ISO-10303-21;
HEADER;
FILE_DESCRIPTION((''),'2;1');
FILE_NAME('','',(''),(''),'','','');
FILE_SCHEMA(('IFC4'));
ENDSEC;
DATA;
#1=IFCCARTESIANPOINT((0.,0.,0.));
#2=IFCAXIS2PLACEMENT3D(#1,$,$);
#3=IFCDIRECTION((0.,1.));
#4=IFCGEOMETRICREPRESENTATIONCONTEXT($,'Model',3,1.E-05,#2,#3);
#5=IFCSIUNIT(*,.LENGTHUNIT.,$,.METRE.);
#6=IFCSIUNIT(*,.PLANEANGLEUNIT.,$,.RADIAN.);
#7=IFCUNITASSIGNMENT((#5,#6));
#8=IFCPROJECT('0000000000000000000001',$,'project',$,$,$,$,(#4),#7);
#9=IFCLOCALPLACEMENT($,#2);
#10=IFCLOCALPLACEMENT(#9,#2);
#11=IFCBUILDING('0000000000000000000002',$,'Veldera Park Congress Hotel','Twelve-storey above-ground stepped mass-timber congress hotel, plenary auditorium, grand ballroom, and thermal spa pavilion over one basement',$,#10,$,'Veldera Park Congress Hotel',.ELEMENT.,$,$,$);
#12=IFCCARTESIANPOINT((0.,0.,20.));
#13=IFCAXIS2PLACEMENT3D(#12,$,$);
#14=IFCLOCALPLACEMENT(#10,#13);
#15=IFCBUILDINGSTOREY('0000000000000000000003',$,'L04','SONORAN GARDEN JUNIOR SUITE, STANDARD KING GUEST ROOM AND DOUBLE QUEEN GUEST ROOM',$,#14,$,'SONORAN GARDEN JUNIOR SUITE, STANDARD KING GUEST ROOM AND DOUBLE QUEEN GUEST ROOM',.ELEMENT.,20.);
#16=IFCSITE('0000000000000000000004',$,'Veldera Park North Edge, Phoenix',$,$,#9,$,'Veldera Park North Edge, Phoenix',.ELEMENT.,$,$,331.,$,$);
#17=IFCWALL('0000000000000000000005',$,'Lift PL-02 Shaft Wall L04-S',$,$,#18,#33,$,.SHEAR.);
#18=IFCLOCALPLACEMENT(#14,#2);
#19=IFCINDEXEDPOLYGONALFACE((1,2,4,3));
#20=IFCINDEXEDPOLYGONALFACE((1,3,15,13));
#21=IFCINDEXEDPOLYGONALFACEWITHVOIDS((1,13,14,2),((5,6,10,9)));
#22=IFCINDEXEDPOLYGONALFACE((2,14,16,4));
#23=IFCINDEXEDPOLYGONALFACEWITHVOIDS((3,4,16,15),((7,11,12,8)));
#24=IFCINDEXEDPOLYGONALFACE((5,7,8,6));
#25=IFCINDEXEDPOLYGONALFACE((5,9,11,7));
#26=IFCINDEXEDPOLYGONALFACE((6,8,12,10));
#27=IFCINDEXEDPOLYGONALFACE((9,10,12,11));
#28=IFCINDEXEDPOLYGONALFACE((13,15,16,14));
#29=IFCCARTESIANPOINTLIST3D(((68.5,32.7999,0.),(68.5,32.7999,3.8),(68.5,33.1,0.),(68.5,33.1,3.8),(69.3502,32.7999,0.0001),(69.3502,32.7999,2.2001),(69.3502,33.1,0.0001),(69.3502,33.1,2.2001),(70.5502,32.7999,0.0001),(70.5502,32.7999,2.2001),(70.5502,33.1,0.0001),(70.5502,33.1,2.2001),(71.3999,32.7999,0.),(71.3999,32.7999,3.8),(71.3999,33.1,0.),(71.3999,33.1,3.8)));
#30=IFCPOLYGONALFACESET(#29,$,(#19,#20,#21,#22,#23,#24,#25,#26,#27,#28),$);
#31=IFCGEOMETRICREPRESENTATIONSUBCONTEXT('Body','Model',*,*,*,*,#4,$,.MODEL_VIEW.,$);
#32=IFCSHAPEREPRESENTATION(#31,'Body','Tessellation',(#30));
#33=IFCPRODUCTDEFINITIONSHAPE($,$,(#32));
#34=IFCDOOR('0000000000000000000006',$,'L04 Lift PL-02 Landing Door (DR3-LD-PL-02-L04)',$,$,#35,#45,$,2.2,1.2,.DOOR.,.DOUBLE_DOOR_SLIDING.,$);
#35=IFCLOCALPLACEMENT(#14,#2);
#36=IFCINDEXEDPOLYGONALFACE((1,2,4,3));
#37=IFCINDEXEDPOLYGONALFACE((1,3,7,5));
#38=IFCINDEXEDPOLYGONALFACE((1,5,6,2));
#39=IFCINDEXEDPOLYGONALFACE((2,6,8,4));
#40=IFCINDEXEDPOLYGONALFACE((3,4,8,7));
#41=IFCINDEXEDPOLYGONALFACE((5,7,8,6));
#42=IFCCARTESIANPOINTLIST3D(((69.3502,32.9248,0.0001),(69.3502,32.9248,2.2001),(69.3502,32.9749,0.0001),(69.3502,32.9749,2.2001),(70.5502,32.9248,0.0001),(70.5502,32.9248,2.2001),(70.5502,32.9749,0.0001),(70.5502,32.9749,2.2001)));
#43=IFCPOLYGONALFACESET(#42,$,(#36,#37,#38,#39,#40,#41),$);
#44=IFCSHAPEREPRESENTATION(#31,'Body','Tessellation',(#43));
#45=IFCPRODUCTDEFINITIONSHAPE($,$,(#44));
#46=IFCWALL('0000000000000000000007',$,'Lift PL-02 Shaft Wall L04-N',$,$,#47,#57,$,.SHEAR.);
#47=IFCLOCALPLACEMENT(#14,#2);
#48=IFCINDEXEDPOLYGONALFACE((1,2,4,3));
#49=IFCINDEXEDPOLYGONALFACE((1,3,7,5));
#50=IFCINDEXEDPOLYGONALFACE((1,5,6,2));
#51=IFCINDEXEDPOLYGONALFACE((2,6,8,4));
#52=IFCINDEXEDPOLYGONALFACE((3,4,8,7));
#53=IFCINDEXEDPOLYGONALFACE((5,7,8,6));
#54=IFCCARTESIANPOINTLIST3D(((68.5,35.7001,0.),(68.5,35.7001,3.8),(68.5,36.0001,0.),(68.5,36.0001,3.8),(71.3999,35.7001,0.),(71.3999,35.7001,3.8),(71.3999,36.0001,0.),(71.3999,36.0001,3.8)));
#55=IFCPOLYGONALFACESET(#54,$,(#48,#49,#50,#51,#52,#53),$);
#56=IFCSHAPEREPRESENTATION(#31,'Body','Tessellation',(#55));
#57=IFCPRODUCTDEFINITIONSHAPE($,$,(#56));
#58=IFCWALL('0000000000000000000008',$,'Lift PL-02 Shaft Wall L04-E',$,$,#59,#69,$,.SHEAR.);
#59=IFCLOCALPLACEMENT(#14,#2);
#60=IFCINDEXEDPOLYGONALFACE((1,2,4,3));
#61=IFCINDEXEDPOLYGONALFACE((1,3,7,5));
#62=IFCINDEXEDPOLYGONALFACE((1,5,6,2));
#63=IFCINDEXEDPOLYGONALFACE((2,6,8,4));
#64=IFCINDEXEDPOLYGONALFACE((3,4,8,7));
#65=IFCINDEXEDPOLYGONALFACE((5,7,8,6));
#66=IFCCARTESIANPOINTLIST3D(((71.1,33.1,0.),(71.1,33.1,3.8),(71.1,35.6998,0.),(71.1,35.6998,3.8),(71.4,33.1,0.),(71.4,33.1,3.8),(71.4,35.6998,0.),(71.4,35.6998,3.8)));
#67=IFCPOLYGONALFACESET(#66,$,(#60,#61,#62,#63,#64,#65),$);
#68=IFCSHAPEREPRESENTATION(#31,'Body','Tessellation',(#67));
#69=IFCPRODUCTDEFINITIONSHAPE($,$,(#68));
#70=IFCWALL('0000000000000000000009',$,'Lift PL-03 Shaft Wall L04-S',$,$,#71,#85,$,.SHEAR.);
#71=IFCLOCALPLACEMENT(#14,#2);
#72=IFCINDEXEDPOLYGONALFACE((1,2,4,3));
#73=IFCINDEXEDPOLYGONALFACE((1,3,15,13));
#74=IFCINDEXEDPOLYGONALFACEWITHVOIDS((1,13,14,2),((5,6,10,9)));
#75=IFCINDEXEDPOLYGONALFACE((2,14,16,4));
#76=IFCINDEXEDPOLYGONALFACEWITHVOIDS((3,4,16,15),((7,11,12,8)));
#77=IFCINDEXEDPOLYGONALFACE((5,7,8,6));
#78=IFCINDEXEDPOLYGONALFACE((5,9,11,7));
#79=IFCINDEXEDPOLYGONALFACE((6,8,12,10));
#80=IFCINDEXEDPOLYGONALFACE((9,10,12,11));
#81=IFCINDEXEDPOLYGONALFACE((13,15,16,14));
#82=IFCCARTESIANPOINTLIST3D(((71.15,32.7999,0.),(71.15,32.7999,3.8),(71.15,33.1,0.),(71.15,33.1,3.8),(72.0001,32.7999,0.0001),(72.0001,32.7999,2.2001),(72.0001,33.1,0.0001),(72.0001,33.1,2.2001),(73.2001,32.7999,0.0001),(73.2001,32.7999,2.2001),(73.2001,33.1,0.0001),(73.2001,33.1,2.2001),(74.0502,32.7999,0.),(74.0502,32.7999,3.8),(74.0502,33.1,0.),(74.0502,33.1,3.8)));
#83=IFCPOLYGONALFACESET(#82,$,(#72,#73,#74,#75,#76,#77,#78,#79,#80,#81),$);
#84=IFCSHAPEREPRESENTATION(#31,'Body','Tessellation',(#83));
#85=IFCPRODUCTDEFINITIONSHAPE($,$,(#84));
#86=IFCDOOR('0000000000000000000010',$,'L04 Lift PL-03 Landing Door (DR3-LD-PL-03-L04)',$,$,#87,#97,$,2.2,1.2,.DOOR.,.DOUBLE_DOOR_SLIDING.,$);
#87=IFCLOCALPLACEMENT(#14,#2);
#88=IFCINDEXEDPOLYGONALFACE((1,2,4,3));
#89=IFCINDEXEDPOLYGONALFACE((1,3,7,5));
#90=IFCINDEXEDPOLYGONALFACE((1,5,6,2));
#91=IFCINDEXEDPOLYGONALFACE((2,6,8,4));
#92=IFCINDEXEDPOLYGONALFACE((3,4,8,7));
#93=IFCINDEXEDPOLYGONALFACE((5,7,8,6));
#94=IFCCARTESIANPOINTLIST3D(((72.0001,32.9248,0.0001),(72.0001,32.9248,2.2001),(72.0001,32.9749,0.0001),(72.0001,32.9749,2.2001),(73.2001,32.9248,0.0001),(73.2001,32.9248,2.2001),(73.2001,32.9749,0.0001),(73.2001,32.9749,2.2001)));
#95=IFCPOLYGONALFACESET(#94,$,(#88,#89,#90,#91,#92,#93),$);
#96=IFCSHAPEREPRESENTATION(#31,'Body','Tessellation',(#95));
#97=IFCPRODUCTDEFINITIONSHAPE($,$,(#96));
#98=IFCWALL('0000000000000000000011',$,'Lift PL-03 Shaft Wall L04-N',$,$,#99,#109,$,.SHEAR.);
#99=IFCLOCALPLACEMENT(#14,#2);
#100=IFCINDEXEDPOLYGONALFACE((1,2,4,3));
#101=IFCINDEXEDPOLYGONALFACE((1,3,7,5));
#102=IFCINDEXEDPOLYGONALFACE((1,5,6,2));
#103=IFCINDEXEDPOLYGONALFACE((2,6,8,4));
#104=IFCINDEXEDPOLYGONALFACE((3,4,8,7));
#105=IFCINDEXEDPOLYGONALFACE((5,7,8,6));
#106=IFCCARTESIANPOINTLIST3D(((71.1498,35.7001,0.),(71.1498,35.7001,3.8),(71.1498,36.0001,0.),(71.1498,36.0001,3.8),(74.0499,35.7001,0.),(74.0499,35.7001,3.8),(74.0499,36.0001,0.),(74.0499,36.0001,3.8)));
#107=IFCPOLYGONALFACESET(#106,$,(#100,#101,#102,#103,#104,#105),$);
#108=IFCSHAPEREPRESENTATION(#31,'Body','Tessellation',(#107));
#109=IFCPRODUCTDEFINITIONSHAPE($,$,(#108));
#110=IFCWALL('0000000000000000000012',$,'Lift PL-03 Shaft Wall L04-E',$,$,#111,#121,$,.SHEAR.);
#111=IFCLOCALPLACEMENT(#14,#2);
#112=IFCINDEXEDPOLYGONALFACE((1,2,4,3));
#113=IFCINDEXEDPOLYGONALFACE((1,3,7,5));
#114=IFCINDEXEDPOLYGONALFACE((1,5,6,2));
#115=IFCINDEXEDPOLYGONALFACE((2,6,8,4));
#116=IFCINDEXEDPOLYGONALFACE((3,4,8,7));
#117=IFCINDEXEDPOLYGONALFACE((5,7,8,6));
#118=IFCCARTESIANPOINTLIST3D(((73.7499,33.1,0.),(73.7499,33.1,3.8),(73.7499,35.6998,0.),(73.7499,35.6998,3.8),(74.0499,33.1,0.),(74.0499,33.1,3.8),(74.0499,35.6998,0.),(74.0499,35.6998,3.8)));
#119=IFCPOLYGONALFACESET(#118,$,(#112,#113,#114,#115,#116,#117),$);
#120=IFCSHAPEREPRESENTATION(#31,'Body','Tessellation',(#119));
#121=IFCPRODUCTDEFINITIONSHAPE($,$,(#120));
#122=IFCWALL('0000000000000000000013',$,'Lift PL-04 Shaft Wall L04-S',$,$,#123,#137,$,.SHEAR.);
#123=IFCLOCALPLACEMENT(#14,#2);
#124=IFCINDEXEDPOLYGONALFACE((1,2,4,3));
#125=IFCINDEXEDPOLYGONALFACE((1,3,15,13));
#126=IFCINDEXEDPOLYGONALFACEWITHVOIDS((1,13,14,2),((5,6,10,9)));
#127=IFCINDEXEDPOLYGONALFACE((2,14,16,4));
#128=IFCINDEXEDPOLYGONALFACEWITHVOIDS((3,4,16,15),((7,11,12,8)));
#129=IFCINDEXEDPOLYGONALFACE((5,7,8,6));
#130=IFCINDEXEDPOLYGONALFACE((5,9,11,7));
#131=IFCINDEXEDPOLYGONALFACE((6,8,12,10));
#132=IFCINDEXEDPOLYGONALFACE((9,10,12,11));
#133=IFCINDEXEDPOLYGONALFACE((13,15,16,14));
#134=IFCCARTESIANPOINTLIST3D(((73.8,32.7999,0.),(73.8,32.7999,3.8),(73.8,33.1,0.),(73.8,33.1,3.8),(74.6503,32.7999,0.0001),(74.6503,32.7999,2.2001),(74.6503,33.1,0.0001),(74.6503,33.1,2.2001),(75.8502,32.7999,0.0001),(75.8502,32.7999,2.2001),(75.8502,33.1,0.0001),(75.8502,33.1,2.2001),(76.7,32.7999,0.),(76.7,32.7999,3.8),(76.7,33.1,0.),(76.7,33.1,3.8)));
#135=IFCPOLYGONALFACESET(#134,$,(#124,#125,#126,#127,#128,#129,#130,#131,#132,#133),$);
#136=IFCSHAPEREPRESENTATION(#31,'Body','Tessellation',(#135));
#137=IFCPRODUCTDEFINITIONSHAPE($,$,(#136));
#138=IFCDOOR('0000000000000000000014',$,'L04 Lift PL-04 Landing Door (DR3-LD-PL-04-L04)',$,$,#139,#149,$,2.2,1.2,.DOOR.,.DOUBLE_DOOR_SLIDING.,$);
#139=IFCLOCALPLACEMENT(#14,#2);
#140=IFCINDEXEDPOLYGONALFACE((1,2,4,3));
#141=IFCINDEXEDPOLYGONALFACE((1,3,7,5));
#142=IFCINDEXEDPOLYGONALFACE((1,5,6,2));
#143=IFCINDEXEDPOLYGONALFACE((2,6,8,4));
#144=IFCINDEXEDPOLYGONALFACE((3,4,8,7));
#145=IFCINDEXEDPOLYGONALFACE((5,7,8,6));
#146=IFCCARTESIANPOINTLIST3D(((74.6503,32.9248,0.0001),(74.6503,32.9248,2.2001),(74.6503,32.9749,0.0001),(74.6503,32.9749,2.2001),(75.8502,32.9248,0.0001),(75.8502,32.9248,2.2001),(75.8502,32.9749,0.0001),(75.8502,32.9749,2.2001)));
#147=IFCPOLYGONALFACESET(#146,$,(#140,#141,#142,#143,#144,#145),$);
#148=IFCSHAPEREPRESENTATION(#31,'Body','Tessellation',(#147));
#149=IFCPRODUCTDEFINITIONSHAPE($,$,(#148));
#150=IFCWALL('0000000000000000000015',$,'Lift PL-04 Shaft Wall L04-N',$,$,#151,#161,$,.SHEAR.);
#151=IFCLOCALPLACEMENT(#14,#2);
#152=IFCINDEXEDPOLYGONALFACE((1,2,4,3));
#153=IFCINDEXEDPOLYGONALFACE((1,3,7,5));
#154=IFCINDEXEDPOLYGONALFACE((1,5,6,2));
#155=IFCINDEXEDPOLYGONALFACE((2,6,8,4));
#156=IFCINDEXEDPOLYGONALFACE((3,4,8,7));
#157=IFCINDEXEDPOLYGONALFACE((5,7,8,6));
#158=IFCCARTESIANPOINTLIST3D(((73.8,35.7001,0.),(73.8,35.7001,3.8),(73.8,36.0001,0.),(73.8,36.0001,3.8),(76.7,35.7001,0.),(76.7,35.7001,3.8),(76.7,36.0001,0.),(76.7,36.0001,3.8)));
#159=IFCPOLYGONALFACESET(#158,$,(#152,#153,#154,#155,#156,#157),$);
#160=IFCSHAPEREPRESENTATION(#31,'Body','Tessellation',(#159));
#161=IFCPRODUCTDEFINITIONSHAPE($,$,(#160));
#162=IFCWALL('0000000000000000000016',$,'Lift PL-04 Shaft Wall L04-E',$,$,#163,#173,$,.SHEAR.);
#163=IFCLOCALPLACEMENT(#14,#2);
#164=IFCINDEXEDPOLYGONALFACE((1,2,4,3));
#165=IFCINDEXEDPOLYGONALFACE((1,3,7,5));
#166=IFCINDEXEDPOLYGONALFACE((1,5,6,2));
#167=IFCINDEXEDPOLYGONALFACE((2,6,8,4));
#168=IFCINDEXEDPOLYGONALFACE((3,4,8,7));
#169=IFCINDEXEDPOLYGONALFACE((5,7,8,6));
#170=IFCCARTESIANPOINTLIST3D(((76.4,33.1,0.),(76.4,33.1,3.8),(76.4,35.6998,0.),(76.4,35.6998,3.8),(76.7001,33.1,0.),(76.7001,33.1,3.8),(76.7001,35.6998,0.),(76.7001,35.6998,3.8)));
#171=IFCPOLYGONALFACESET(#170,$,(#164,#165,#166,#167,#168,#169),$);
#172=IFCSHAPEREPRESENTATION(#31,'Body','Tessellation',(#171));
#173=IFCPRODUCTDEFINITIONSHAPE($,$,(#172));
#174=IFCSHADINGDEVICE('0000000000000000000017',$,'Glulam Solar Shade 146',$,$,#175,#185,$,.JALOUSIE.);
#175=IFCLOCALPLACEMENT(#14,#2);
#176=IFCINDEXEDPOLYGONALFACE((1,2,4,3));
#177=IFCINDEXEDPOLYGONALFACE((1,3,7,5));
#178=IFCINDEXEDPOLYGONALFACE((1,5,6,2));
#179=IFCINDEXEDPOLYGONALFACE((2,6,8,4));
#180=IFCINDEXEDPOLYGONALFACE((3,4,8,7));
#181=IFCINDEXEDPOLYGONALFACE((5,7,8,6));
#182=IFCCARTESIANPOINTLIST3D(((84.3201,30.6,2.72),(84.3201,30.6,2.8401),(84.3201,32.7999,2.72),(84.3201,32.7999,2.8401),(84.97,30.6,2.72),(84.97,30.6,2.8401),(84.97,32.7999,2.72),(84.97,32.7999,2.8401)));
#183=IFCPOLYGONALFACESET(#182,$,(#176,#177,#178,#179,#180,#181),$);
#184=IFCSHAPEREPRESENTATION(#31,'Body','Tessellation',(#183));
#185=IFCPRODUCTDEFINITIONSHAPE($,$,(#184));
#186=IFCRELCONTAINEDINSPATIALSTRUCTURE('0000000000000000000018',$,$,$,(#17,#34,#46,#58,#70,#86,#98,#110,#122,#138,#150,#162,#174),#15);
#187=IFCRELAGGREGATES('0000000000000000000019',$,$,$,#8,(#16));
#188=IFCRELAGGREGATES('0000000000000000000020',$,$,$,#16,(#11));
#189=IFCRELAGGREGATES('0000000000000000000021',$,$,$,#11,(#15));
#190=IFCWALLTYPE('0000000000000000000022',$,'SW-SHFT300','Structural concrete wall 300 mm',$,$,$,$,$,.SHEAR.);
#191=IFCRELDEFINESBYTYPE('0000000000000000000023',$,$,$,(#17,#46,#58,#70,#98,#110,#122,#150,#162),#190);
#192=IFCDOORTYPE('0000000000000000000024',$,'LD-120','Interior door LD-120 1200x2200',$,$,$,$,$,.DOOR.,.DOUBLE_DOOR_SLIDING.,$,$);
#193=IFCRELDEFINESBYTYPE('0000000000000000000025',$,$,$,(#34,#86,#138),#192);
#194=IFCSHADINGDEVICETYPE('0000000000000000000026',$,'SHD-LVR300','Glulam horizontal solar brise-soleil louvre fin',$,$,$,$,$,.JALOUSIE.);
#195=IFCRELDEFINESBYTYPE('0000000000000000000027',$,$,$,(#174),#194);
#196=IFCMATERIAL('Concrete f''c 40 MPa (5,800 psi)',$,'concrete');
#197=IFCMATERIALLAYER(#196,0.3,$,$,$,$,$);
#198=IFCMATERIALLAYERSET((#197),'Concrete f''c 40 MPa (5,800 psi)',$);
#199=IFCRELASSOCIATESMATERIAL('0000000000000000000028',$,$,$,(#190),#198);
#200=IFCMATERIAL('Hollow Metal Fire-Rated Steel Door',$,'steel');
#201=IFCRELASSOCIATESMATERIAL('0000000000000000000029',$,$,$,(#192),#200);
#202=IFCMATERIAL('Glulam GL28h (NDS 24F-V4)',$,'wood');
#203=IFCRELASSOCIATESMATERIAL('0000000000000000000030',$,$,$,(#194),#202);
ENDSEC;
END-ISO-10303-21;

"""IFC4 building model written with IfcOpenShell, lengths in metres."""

from ifc_helpers import new_model, si_unit, direction, frame, frame_2d, origin, origin_2d, place, context, subcontext, project, spatial, rectangle, extrude, material, layer, layer_set, type_object, element, fill, save


model = new_model("IFC4")

# Units and contexts
model_context = context("Model", 3, precision=1e-05, world=origin(), true_north=direction((0.0, 1.0)))
body_context = subcontext(model_context, "Body", "Model", "MODEL_VIEW")
ifc_project = project(units=[si_unit("LENGTHUNIT", "METRE"), si_unit("PLANEANGLEUNIT", "RADIAN")], contexts=[model_context])

# Site, building, storey
site_placement = place(None, origin())
site = spatial("IfcSite", under=ifc_project, at=site_placement, Name="Veldera Park North Edge, Phoenix", LongName="Veldera Park North Edge, Phoenix", CompositionType="ELEMENT", RefElevation=331.0)
building_placement = place(site_placement, origin())
building = spatial("IfcBuilding", under=site, at=building_placement, Name="Veldera Park Congress Hotel", Description="Twelve-storey above-ground stepped mass-timber congress hotel, plenary auditorium, grand ballroom, and thermal spa pavilion over one basement", LongName="Veldera Park Congress Hotel", CompositionType="ELEMENT")
storey_placement = place(building_placement, frame((0.0, 0.0, 20.0)))
storey = spatial("IfcBuildingStorey", under=building, at=storey_placement, Name="L04", Description="SONORAN GARDEN JUNIOR SUITE, STANDARD KING GUEST ROOM AND DOUBLE QUEEN GUEST ROOM", LongName="SONORAN GARDEN JUNIOR SUITE, STANDARD KING GUEST ROOM AND DOUBLE QUEEN GUEST ROOM", CompositionType="ELEMENT", Elevation=20.0)

# Shared definitions
ifc_material_1 = material(Name="Glulam GL28h (NDS 24F-V4)", Category="wood")

# Shared definitions
ifc_material_2 = material(Name="Concrete f'c 40 MPa (5,800 psi)", Category="concrete")
ifc_layer_1 = layer(ifc_material_2, 0.3)
ifc_layer_set_1 = layer_set([ifc_layer_1], Name="Concrete f'c 40 MPa (5,800 psi)")
wall_type_1 = type_object("IfcWallType", Name="SW-SHFT300", Description="Structural concrete wall 300 mm", PredefinedType="SHEAR", material=ifc_layer_set_1)

# Wall, opening, door
wall_1_placement = place(storey_placement, frame((68.5, 32.95, 0.0), z_axis=(0.0, 0.0, 1.0), x_axis=(1.0, 0.0, 0.0)))
wall_1 = element("IfcWall", 1, at=wall_1_placement, inside=storey, type_object=wall_type_1, Name="Lift PL-02 Shaft Wall L04-S", PredefinedType="SHEAR", context=body_context, shape_type="SweptSolid", body=[
    extrude(rectangle(XDim=2.8999, YDim=0.3, at=frame_2d((1.45, 0.0))), origin(), (0.0, 0.0, 1.0), 3.8),
])
opening_1_placement = place(wall_1_placement, frame((0.8501, 0.0, 0.0)))
opening_1 = element("IfcOpeningElement", 2, at=opening_1_placement, cuts=wall_1, PredefinedType="OPENING", context=body_context, shape_type="SweptSolid", body=[
    extrude(rectangle(XDim=1.2, YDim=2.2, at=frame_2d((0.6001, 1.1001))), frame((0.0, 0.1621, 0.0), z_axis=(0.0, -1.0, 0.0), x_axis=(1.0, 0.0, 0.0)), (0.0, 0.0, 1.0), 0.324),
])
ifc_material_3 = material(Name="Hollow Metal Fire-Rated Steel Door", Category="steel")
door_type_1 = type_object("IfcDoorType", Name="LD-120", Description="Interior door LD-120 1200x2200", OperationType="DOUBLE_DOOR_SLIDING", PredefinedType="DOOR", material=ifc_material_3)
door_1_placement = place(opening_1_placement, origin())
door_1 = element("IfcDoor", 3, at=door_1_placement, inside=storey, type_object=door_type_1, Name="L04 Lift PL-02 Landing Door (DR3-LD-PL-02-L04)", OperationType="DOUBLE_DOOR_SLIDING", OverallHeight=2.2, OverallWidth=1.2, PredefinedType="DOOR", context=body_context, shape_type="SweptSolid", body=[
    extrude(rectangle(XDim=1.2, YDim=2.2, at=frame_2d((0.6001, 1.1001))), frame((0.0, 0.0249, 0.0), z_axis=(0.0, -1.0, 0.0), x_axis=(1.0, 0.0, 0.0)), (0.0, 0.0, 1.0), 0.05),
])
fill(opening_1, door_1)

# Walls
wall_2_placement = place(storey_placement, frame((71.3999, 35.8501, 0.0), z_axis=(0.0, 0.0, 1.0), x_axis=(-1.0, 0.0, 0.0)))
element("IfcWall", 4, at=wall_2_placement, inside=storey, type_object=wall_type_1, Name="Lift PL-02 Shaft Wall L04-N", PredefinedType="SHEAR", context=body_context, shape_type="SweptSolid", body=[
    extrude(rectangle(XDim=2.8999, YDim=0.3, at=frame_2d((1.45, 0.0))), origin(), (0.0, 0.0, 1.0), 3.8),
])
wall_3_placement = place(storey_placement, frame((71.25, 33.1001, 0.0), z_axis=(0.0, 0.0, 1.0), x_axis=(0.0, 1.0, 0.0)))
element("IfcWall", 5, at=wall_3_placement, inside=storey, type_object=wall_type_1, Name="Lift PL-02 Shaft Wall L04-E", PredefinedType="SHEAR", context=body_context, shape_type="SweptSolid", body=[
    extrude(rectangle(XDim=2.5999, YDim=0.3, at=frame_2d((1.2998, 0.0))), origin(), (0.0, 0.0, 1.0), 3.8),
])

# Wall, opening, door
wall_4_placement = place(storey_placement, frame((71.1499, 32.95, 0.0), z_axis=(0.0, 0.0, 1.0), x_axis=(1.0, 0.0, 0.0)))
wall_4 = element("IfcWall", 6, at=wall_4_placement, inside=storey, type_object=wall_type_1, Name="Lift PL-03 Shaft Wall L04-S", PredefinedType="SHEAR", context=body_context, shape_type="SweptSolid", body=[
    extrude(rectangle(XDim=2.9001, YDim=0.3, at=frame_2d((1.4502, 0.0))), origin(), (0.0, 0.0, 1.0), 3.8),
])
opening_2_placement = place(wall_4_placement, frame((0.8501, 0.0, 0.0)))
opening_2 = element("IfcOpeningElement", 7, at=opening_2_placement, cuts=wall_4, PredefinedType="OPENING", context=body_context, shape_type="SweptSolid", body=[
    extrude(rectangle(XDim=1.2, YDim=2.2, at=frame_2d((0.6001, 1.1001))), frame((0.0, 0.1621, 0.0), z_axis=(0.0, -1.0, 0.0), x_axis=(1.0, 0.0, 0.0)), (0.0, 0.0, 1.0), 0.324),
])
door_2_placement = place(opening_2_placement, origin())
door_2 = element("IfcDoor", 8, at=door_2_placement, inside=storey, type_object=door_type_1, Name="L04 Lift PL-03 Landing Door (DR3-LD-PL-03-L04)", OperationType="DOUBLE_DOOR_SLIDING", OverallHeight=2.2, OverallWidth=1.2, PredefinedType="DOOR", context=body_context, shape_type="SweptSolid", body=[
    extrude(rectangle(XDim=1.2, YDim=2.2, at=frame_2d((0.6001, 1.1001))), frame((0.0, 0.0249, 0.0), z_axis=(0.0, -1.0, 0.0), x_axis=(1.0, 0.0, 0.0)), (0.0, 0.0, 1.0), 0.05),
])
fill(opening_2, door_2)

# Walls
wall_5_placement = place(storey_placement, frame((74.05, 35.8501, 0.0), z_axis=(0.0, 0.0, 1.0), x_axis=(-1.0, 0.0, 0.0)))
element("IfcWall", 9, at=wall_5_placement, inside=storey, type_object=wall_type_1, Name="Lift PL-03 Shaft Wall L04-N", PredefinedType="SHEAR", context=body_context, shape_type="SweptSolid", body=[
    extrude(rectangle(XDim=2.9001, YDim=0.3, at=frame_2d((1.4502, 0.0))), origin(), (0.0, 0.0, 1.0), 3.8),
])
wall_6_placement = place(storey_placement, frame((73.8999, 33.1001, 0.0), z_axis=(0.0, 0.0, 1.0), x_axis=(0.0, 1.0, 0.0)))
element("IfcWall", 10, at=wall_6_placement, inside=storey, type_object=wall_type_1, Name="Lift PL-03 Shaft Wall L04-E", PredefinedType="SHEAR", context=body_context, shape_type="SweptSolid", body=[
    extrude(rectangle(XDim=2.5999, YDim=0.3, at=frame_2d((1.2998, 0.0))), origin(), (0.0, 0.0, 1.0), 3.8),
])

# Wall, opening, door
wall_7_placement = place(storey_placement, frame((73.8, 32.95, 0.0), z_axis=(0.0, 0.0, 1.0), x_axis=(1.0, 0.0, 0.0)))
wall_7 = element("IfcWall", 11, at=wall_7_placement, inside=storey, type_object=wall_type_1, Name="Lift PL-04 Shaft Wall L04-S", PredefinedType="SHEAR", context=body_context, shape_type="SweptSolid", body=[
    extrude(rectangle(XDim=2.8999, YDim=0.3, at=frame_2d((1.45, 0.0))), origin(), (0.0, 0.0, 1.0), 3.8),
])
opening_3_placement = place(wall_7_placement, frame((0.8501, 0.0, 0.0)))
opening_3 = element("IfcOpeningElement", 12, at=opening_3_placement, cuts=wall_7, PredefinedType="OPENING", context=body_context, shape_type="SweptSolid", body=[
    extrude(rectangle(XDim=1.2, YDim=2.2, at=frame_2d((0.6001, 1.1001))), frame((0.0, 0.1621, 0.0), z_axis=(0.0, -1.0, 0.0), x_axis=(1.0, 0.0, 0.0)), (0.0, 0.0, 1.0), 0.324),
])
door_3_placement = place(opening_3_placement, origin())
door_3 = element("IfcDoor", 13, at=door_3_placement, inside=storey, type_object=door_type_1, Name="L04 Lift PL-04 Landing Door (DR3-LD-PL-04-L04)", OperationType="DOUBLE_DOOR_SLIDING", OverallHeight=2.2, OverallWidth=1.2, PredefinedType="DOOR", context=body_context, shape_type="SweptSolid", body=[
    extrude(rectangle(XDim=1.2, YDim=2.2, at=frame_2d((0.6001, 1.1001))), frame((0.0, 0.0249, 0.0), z_axis=(0.0, -1.0, 0.0), x_axis=(1.0, 0.0, 0.0)), (0.0, 0.0, 1.0), 0.05),
])
fill(opening_3, door_3)

# Walls
wall_8_placement = place(storey_placement, frame((76.7, 35.8501, 0.0), z_axis=(0.0, 0.0, 1.0), x_axis=(-1.0, 0.0, 0.0)))
element("IfcWall", 14, at=wall_8_placement, inside=storey, type_object=wall_type_1, Name="Lift PL-04 Shaft Wall L04-N", PredefinedType="SHEAR", context=body_context, shape_type="SweptSolid", body=[
    extrude(rectangle(XDim=2.8999, YDim=0.3, at=frame_2d((1.45, 0.0))), origin(), (0.0, 0.0, 1.0), 3.8),
])
wall_9_placement = place(storey_placement, frame((76.55, 33.1001, 0.0), z_axis=(0.0, 0.0, 1.0), x_axis=(0.0, 1.0, 0.0)))
element("IfcWall", 15, at=wall_9_placement, inside=storey, type_object=wall_type_1, Name="Lift PL-04 Shaft Wall L04-E", PredefinedType="SHEAR", context=body_context, shape_type="SweptSolid", body=[
    extrude(rectangle(XDim=2.5999, YDim=0.3, at=frame_2d((1.2998, 0.0))), origin(), (0.0, 0.0, 1.0), 3.8),
])

# Shading device
shading_device_type = type_object("IfcShadingDeviceType", Name="SHD-LVR300", Description="Glulam horizontal solar brise-soleil louvre fin", PredefinedType="JALOUSIE", material=ifc_material_1)
shading_device_placement = place(storey_placement, frame((84.645, 31.7, 2.72), z_axis=(0.0, 0.0, 1.0), x_axis=(0.0, 1.0, 0.0)))
element("IfcShadingDevice", 16, at=shading_device_placement, inside=storey, type_object=shading_device_type, Name="Glulam Solar Shade 146", PredefinedType="JALOUSIE", context=body_context, shape_type="SweptSolid", body=[
    extrude(rectangle(XDim=2.2, YDim=0.6499, at=origin_2d()), origin(), (0.0, 0.0, 1.0), 0.1201),
])

save(model, "model.ifc")
